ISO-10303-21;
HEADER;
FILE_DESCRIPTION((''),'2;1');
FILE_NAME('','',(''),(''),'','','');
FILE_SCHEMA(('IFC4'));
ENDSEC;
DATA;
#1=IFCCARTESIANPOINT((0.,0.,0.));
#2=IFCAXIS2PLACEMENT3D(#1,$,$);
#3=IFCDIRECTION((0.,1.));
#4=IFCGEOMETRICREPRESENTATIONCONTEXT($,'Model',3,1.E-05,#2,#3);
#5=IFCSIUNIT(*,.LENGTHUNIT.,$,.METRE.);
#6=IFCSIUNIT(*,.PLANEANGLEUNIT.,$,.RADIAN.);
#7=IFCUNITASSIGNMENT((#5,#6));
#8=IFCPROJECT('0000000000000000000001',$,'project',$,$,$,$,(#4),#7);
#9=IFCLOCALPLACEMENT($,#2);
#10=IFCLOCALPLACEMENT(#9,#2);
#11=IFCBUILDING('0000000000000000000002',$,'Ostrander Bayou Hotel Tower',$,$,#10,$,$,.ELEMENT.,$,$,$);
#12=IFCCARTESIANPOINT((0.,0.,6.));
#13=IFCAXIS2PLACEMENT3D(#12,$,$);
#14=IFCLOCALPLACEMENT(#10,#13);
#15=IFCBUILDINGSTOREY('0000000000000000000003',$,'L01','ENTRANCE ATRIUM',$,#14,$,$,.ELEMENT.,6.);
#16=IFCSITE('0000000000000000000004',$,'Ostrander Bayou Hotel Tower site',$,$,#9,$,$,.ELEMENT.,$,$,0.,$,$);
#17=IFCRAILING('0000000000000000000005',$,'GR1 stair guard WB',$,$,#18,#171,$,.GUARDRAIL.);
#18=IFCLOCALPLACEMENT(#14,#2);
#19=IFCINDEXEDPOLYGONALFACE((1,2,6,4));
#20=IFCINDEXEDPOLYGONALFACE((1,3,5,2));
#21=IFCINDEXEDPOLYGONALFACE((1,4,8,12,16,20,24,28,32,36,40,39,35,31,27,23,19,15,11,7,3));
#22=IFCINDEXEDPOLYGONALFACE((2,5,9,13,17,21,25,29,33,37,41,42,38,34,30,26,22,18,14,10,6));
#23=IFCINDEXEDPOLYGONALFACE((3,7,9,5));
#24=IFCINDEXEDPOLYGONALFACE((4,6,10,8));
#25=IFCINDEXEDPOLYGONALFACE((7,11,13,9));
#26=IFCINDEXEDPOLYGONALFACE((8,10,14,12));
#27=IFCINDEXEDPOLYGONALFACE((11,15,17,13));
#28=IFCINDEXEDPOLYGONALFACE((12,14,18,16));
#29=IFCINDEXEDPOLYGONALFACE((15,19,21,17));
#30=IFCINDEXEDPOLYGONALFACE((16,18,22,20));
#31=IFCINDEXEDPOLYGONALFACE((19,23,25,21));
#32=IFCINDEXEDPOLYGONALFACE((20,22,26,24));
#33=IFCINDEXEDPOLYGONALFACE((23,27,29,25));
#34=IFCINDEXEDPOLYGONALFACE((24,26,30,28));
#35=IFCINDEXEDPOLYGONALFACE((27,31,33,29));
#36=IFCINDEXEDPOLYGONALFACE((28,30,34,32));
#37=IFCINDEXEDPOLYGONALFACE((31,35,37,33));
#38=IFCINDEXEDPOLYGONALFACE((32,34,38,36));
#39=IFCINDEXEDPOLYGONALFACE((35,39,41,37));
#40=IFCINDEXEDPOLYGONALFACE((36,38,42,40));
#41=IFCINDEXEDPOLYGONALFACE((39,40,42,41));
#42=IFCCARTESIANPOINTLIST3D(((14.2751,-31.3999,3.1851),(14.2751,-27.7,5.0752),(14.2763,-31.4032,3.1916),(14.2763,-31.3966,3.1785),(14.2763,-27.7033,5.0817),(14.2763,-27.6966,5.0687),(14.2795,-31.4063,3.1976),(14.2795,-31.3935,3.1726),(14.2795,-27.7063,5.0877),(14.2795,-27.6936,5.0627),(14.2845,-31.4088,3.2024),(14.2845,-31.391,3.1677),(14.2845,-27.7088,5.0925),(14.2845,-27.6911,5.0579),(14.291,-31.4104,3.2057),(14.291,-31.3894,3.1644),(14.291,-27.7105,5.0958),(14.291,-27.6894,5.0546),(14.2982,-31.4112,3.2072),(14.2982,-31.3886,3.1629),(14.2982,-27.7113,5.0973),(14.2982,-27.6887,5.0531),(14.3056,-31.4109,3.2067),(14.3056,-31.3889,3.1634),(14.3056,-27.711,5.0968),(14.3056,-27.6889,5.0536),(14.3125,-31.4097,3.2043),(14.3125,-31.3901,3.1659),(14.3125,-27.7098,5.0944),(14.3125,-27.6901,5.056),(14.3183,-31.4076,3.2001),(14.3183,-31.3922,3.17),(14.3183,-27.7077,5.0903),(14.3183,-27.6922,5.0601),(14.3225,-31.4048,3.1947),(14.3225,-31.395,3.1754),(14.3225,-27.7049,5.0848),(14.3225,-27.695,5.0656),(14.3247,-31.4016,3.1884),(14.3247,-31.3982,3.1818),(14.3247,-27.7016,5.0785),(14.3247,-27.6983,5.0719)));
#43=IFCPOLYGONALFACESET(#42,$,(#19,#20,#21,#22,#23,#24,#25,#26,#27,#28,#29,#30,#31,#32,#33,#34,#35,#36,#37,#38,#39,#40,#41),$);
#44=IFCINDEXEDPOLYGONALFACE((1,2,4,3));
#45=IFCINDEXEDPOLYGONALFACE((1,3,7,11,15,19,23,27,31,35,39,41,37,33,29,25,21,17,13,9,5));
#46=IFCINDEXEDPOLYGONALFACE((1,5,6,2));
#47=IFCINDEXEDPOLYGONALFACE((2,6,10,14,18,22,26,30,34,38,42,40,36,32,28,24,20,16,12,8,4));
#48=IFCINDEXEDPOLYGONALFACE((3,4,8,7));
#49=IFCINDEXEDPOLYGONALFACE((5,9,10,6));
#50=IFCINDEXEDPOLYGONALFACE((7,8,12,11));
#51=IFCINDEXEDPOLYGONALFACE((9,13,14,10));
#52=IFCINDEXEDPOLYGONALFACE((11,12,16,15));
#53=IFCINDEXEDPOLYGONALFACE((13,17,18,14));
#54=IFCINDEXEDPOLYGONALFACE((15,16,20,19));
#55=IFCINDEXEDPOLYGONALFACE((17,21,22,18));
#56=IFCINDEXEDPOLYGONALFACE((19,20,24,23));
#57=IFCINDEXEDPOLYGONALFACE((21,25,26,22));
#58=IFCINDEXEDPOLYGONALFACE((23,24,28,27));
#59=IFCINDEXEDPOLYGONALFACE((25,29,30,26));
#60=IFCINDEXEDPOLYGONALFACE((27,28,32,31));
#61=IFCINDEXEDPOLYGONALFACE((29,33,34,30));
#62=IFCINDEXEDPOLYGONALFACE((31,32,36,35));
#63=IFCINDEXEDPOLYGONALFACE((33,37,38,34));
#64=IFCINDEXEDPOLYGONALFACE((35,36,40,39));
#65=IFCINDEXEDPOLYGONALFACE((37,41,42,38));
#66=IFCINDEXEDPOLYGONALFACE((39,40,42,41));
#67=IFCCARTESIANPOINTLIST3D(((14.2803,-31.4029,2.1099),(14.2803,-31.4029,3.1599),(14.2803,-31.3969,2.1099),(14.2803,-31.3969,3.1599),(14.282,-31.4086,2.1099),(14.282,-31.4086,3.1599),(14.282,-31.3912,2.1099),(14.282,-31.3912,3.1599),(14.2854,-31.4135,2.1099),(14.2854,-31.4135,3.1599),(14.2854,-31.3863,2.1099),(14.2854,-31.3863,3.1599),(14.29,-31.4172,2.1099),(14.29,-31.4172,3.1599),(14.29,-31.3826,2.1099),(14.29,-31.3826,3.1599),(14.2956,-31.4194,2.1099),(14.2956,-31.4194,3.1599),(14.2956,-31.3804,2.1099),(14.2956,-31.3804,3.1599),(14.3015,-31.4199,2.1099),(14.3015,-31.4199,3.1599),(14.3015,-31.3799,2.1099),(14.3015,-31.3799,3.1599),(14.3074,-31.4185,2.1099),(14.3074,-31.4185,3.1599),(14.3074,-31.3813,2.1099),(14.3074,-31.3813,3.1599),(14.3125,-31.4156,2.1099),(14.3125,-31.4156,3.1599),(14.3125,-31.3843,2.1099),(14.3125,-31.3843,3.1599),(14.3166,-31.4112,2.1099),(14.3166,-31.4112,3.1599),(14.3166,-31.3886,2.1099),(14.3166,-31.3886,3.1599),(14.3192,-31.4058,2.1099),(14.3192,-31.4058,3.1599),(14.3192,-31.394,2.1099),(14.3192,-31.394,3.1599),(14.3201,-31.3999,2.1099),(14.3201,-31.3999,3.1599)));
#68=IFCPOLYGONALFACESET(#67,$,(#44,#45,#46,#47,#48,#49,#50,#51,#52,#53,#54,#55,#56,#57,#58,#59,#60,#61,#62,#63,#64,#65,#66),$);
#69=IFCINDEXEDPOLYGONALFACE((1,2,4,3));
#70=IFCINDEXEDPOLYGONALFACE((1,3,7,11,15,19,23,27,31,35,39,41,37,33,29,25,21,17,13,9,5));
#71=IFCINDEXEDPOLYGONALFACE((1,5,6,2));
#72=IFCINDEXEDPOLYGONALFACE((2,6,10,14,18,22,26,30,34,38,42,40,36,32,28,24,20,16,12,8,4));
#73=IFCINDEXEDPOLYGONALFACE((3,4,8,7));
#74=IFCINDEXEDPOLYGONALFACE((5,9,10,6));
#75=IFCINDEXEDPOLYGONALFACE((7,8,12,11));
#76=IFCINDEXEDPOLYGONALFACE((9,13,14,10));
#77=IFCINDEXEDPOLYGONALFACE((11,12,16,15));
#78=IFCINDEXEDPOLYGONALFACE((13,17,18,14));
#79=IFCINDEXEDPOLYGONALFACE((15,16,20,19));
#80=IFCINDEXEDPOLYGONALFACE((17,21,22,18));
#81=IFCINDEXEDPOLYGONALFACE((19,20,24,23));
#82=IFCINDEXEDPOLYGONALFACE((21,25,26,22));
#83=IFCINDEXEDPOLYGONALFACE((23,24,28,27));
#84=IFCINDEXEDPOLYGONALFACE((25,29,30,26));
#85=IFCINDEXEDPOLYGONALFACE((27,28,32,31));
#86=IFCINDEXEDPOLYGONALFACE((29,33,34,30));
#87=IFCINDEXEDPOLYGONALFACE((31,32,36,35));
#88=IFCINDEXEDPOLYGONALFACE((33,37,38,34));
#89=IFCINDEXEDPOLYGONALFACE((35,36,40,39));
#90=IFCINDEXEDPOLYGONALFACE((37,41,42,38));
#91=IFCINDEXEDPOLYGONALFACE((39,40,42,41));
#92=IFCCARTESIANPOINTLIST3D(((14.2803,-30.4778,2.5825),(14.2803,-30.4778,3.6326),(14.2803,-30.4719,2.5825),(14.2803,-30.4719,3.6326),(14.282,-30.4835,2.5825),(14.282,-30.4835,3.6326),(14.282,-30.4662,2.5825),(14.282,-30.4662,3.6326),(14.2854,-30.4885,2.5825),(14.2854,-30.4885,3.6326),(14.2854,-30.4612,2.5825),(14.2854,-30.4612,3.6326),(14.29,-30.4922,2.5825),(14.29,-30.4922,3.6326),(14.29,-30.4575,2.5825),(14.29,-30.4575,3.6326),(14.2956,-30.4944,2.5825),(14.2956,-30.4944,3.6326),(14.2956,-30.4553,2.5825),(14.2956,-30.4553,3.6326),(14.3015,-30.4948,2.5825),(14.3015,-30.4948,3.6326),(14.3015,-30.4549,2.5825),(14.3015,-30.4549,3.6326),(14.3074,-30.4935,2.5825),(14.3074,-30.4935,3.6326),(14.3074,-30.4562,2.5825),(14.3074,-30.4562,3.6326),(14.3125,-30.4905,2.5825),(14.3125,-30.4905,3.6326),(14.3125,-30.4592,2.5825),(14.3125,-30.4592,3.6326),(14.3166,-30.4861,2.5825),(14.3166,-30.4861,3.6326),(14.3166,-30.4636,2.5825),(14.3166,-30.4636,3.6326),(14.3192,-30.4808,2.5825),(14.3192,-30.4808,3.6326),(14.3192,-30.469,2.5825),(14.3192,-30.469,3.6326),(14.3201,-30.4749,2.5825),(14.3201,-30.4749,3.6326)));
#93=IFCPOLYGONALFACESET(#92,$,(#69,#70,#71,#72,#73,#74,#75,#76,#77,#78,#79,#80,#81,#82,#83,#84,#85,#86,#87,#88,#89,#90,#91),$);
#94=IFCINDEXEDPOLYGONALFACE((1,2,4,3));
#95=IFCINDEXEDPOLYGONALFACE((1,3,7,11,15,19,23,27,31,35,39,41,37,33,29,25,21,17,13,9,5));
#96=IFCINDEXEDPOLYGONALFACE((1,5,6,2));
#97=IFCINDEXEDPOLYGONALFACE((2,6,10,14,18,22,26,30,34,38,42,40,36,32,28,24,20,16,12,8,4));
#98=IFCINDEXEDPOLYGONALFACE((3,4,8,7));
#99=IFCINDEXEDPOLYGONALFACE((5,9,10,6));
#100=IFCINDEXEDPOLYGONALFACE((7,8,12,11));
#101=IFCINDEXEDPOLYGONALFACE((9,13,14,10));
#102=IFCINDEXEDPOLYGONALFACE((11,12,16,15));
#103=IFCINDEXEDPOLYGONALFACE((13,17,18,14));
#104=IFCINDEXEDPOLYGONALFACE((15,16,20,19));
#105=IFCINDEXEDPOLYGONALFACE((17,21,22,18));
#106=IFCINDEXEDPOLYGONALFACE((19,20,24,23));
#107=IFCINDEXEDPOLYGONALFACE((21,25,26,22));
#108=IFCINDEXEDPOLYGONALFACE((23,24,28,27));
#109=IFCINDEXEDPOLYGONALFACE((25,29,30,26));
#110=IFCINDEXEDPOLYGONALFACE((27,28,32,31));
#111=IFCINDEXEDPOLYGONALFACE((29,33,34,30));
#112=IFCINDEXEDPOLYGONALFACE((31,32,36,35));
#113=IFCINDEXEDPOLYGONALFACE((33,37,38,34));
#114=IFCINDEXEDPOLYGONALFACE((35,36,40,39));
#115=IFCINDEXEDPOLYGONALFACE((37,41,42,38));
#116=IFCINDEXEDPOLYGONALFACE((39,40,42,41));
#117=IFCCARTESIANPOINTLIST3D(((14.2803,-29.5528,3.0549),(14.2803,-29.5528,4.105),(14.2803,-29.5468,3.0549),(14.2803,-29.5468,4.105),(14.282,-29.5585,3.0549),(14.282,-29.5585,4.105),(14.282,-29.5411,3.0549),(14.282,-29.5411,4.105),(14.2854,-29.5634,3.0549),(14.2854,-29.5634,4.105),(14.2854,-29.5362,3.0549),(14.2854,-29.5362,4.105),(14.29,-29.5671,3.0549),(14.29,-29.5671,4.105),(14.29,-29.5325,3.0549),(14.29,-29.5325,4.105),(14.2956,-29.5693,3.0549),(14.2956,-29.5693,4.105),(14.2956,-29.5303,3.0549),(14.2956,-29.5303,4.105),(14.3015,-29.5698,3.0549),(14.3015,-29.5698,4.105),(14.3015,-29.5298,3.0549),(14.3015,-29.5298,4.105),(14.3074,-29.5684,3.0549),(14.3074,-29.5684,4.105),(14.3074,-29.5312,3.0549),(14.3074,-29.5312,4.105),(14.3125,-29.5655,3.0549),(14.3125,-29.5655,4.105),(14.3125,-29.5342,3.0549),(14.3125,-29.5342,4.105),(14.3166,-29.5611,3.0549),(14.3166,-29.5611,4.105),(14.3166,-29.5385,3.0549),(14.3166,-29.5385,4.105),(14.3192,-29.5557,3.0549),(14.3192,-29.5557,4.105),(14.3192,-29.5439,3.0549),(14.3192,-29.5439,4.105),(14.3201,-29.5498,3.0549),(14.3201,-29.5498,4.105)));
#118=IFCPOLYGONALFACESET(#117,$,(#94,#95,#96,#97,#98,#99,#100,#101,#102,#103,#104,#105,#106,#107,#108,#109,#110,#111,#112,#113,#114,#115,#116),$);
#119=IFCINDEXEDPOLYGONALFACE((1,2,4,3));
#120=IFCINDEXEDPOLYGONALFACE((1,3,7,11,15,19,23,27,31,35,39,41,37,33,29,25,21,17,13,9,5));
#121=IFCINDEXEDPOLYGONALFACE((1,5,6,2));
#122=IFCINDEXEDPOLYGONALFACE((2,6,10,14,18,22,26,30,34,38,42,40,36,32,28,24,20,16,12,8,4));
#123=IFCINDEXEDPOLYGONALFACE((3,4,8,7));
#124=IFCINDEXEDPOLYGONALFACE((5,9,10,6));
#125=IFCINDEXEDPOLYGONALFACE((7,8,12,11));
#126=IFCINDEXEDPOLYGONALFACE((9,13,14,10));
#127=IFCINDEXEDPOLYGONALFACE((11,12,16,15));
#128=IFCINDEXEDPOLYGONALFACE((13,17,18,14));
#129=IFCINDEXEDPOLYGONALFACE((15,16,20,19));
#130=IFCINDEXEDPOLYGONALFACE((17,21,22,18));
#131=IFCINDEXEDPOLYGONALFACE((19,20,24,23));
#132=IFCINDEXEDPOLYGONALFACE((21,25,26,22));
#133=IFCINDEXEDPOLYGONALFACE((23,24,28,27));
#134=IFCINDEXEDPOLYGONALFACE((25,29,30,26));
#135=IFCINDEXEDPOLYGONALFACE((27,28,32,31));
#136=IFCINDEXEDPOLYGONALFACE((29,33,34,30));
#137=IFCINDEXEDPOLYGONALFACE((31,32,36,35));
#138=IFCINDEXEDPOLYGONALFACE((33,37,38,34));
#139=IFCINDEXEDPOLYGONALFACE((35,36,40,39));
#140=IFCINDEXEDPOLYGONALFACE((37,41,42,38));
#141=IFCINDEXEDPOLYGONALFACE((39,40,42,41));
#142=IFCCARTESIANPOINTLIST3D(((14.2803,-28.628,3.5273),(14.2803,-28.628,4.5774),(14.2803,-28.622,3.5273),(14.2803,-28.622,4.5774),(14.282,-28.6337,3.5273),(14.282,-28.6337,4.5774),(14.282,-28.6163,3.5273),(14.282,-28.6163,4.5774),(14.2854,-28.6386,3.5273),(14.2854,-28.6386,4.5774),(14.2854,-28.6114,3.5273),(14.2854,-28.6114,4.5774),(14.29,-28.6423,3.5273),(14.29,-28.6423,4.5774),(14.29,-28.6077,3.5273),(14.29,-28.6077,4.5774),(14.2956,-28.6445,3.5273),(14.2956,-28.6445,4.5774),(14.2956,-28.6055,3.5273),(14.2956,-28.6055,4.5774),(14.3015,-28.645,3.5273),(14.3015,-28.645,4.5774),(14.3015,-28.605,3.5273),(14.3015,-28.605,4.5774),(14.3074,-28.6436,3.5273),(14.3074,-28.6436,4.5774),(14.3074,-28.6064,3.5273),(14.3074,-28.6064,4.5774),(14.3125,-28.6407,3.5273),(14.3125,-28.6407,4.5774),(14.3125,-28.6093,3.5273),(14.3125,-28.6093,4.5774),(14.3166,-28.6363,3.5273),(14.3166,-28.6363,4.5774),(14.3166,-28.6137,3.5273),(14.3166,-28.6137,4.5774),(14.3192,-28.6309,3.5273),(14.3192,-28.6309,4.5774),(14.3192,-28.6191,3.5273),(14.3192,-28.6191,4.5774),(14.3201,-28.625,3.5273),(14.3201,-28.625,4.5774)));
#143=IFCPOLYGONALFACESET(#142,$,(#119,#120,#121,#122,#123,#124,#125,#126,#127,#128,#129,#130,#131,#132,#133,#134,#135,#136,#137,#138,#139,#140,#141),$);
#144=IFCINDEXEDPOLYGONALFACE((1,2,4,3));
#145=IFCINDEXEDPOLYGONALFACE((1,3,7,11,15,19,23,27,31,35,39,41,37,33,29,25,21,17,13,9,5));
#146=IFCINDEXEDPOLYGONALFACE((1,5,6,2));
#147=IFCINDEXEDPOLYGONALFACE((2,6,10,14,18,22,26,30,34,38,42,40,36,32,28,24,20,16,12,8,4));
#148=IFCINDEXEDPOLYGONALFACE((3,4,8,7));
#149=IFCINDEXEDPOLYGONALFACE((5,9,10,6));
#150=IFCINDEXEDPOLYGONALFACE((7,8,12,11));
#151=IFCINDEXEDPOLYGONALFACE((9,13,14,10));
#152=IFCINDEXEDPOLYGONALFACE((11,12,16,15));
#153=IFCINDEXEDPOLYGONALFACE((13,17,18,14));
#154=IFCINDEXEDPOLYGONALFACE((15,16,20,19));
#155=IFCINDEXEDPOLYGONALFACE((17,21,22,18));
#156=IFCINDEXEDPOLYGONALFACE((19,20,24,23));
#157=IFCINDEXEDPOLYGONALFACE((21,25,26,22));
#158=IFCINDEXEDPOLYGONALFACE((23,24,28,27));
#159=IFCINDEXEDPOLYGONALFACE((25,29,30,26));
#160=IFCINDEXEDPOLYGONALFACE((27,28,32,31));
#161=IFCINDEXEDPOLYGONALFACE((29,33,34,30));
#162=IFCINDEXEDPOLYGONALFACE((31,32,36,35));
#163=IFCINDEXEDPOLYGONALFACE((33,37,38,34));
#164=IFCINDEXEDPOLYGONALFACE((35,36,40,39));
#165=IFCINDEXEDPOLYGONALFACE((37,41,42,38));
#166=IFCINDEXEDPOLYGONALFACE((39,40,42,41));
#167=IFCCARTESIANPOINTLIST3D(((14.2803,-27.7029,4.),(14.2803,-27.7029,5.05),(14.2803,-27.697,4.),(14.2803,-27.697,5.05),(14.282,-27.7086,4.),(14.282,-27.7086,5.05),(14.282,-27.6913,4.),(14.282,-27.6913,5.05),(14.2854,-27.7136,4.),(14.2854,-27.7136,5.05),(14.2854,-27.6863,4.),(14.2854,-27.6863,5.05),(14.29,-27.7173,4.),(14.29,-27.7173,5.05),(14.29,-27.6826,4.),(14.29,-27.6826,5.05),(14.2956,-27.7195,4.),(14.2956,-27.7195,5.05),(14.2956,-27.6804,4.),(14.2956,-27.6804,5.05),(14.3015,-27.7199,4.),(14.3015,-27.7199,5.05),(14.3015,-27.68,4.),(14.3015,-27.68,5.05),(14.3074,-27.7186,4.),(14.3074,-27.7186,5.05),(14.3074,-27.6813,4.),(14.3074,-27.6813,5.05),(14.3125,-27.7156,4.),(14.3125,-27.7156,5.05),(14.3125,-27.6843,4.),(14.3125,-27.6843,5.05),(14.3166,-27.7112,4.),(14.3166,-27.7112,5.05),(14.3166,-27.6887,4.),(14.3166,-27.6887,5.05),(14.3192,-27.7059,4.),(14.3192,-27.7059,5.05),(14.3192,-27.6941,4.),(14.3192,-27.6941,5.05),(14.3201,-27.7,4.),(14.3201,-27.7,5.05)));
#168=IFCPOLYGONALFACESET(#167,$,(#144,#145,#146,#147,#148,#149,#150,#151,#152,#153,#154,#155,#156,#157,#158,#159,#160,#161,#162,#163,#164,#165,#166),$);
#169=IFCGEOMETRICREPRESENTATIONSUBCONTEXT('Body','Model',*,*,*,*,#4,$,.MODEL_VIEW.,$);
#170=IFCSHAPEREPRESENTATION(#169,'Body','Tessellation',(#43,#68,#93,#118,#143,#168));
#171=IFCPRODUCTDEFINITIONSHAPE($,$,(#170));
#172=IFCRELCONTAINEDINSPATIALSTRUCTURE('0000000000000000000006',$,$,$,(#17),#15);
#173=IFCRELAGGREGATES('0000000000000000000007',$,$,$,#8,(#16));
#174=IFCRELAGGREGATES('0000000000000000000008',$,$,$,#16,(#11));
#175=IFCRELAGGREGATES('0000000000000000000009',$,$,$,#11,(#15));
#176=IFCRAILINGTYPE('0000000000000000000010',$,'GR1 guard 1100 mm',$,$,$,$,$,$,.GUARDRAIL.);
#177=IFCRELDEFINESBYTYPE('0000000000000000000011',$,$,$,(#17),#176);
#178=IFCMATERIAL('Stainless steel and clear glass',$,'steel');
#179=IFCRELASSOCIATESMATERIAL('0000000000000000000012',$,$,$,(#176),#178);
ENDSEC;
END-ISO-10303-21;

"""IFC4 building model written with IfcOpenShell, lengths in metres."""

from ifc_helpers import new_model, si_unit, direction, frame, origin, origin_2d, place, context, subcontext, project, spatial, circle, extrude, material, type_object, element, save


model = new_model("IFC4")

# Units and contexts
model_context = context("Model", 3, precision=1e-05, world=origin(), true_north=direction((0.0, 1.0)))
body_context = subcontext(model_context, "Body", "Model", "MODEL_VIEW")
ifc_project = project(units=[si_unit("LENGTHUNIT", "METRE"), si_unit("PLANEANGLEUNIT", "RADIAN")], contexts=[model_context])

# Site, building, storey
site_placement = place(None, origin())
site = spatial("IfcSite", under=ifc_project, at=site_placement, Name="Ostrander Bayou Hotel Tower site", CompositionType="ELEMENT", RefElevation=0.0)
building_placement = place(site_placement, origin())
building = spatial("IfcBuilding", under=site, at=building_placement, Name="Ostrander Bayou Hotel Tower", CompositionType="ELEMENT")
storey_placement = place(building_placement, frame((0.0, 0.0, 6.0)))
storey = spatial("IfcBuildingStorey", under=building, at=storey_placement, Name="L01", Description="ENTRANCE ATRIUM", CompositionType="ELEMENT", Elevation=6.0)

# Railing
ifc_material_1 = material(Name="Stainless steel and clear glass", Category="steel")
railing_type = type_object("IfcRailingType", Name="GR1 guard 1100 mm", PredefinedType="GUARDRAIL", material=ifc_material_1)
railing_1_placement = place(storey_placement, frame((14.3, -31.3999, 2.1099)))
element("IfcRailing", 1, at=railing_1_placement, inside=storey, type_object=railing_type, Name="GR1 stair guard WB", PredefinedType="GUARDRAIL", context=body_context, shape_type="SweptSolid", body=[
    extrude(circle(Radius=0.0249, at=origin_2d()), frame((0.0, 0.0, 1.0752), z_axis=(0.0, 0.890527, 0.45493), x_axis=(-1.0, 0.0, 0.0)), (0.0, 0.0, 1.0), 4.1548),
    extrude(circle(Radius=0.02, at=origin_2d()), origin(), (0.0, 0.0, 1.0), 1.05),
    extrude(circle(Radius=0.02, at=origin_2d()), frame((0.0, 0.925, 0.4727)), (0.0, 0.0, 1.0), 1.05),
    extrude(circle(Radius=0.02, at=origin_2d()), frame((0.0, 1.8501, 0.9451)), (0.0, 0.0, 1.0), 1.05),
    extrude(circle(Radius=0.02, at=origin_2d()), frame((0.0, 2.7749, 1.4175)), (0.0, 0.0, 1.0), 1.05),
    extrude(circle(Radius=0.02, at=origin_2d()), frame((0.0, 3.7, 1.8901)), (0.0, 0.0, 1.0), 1.05),
])

save(model, "model.ifc")
